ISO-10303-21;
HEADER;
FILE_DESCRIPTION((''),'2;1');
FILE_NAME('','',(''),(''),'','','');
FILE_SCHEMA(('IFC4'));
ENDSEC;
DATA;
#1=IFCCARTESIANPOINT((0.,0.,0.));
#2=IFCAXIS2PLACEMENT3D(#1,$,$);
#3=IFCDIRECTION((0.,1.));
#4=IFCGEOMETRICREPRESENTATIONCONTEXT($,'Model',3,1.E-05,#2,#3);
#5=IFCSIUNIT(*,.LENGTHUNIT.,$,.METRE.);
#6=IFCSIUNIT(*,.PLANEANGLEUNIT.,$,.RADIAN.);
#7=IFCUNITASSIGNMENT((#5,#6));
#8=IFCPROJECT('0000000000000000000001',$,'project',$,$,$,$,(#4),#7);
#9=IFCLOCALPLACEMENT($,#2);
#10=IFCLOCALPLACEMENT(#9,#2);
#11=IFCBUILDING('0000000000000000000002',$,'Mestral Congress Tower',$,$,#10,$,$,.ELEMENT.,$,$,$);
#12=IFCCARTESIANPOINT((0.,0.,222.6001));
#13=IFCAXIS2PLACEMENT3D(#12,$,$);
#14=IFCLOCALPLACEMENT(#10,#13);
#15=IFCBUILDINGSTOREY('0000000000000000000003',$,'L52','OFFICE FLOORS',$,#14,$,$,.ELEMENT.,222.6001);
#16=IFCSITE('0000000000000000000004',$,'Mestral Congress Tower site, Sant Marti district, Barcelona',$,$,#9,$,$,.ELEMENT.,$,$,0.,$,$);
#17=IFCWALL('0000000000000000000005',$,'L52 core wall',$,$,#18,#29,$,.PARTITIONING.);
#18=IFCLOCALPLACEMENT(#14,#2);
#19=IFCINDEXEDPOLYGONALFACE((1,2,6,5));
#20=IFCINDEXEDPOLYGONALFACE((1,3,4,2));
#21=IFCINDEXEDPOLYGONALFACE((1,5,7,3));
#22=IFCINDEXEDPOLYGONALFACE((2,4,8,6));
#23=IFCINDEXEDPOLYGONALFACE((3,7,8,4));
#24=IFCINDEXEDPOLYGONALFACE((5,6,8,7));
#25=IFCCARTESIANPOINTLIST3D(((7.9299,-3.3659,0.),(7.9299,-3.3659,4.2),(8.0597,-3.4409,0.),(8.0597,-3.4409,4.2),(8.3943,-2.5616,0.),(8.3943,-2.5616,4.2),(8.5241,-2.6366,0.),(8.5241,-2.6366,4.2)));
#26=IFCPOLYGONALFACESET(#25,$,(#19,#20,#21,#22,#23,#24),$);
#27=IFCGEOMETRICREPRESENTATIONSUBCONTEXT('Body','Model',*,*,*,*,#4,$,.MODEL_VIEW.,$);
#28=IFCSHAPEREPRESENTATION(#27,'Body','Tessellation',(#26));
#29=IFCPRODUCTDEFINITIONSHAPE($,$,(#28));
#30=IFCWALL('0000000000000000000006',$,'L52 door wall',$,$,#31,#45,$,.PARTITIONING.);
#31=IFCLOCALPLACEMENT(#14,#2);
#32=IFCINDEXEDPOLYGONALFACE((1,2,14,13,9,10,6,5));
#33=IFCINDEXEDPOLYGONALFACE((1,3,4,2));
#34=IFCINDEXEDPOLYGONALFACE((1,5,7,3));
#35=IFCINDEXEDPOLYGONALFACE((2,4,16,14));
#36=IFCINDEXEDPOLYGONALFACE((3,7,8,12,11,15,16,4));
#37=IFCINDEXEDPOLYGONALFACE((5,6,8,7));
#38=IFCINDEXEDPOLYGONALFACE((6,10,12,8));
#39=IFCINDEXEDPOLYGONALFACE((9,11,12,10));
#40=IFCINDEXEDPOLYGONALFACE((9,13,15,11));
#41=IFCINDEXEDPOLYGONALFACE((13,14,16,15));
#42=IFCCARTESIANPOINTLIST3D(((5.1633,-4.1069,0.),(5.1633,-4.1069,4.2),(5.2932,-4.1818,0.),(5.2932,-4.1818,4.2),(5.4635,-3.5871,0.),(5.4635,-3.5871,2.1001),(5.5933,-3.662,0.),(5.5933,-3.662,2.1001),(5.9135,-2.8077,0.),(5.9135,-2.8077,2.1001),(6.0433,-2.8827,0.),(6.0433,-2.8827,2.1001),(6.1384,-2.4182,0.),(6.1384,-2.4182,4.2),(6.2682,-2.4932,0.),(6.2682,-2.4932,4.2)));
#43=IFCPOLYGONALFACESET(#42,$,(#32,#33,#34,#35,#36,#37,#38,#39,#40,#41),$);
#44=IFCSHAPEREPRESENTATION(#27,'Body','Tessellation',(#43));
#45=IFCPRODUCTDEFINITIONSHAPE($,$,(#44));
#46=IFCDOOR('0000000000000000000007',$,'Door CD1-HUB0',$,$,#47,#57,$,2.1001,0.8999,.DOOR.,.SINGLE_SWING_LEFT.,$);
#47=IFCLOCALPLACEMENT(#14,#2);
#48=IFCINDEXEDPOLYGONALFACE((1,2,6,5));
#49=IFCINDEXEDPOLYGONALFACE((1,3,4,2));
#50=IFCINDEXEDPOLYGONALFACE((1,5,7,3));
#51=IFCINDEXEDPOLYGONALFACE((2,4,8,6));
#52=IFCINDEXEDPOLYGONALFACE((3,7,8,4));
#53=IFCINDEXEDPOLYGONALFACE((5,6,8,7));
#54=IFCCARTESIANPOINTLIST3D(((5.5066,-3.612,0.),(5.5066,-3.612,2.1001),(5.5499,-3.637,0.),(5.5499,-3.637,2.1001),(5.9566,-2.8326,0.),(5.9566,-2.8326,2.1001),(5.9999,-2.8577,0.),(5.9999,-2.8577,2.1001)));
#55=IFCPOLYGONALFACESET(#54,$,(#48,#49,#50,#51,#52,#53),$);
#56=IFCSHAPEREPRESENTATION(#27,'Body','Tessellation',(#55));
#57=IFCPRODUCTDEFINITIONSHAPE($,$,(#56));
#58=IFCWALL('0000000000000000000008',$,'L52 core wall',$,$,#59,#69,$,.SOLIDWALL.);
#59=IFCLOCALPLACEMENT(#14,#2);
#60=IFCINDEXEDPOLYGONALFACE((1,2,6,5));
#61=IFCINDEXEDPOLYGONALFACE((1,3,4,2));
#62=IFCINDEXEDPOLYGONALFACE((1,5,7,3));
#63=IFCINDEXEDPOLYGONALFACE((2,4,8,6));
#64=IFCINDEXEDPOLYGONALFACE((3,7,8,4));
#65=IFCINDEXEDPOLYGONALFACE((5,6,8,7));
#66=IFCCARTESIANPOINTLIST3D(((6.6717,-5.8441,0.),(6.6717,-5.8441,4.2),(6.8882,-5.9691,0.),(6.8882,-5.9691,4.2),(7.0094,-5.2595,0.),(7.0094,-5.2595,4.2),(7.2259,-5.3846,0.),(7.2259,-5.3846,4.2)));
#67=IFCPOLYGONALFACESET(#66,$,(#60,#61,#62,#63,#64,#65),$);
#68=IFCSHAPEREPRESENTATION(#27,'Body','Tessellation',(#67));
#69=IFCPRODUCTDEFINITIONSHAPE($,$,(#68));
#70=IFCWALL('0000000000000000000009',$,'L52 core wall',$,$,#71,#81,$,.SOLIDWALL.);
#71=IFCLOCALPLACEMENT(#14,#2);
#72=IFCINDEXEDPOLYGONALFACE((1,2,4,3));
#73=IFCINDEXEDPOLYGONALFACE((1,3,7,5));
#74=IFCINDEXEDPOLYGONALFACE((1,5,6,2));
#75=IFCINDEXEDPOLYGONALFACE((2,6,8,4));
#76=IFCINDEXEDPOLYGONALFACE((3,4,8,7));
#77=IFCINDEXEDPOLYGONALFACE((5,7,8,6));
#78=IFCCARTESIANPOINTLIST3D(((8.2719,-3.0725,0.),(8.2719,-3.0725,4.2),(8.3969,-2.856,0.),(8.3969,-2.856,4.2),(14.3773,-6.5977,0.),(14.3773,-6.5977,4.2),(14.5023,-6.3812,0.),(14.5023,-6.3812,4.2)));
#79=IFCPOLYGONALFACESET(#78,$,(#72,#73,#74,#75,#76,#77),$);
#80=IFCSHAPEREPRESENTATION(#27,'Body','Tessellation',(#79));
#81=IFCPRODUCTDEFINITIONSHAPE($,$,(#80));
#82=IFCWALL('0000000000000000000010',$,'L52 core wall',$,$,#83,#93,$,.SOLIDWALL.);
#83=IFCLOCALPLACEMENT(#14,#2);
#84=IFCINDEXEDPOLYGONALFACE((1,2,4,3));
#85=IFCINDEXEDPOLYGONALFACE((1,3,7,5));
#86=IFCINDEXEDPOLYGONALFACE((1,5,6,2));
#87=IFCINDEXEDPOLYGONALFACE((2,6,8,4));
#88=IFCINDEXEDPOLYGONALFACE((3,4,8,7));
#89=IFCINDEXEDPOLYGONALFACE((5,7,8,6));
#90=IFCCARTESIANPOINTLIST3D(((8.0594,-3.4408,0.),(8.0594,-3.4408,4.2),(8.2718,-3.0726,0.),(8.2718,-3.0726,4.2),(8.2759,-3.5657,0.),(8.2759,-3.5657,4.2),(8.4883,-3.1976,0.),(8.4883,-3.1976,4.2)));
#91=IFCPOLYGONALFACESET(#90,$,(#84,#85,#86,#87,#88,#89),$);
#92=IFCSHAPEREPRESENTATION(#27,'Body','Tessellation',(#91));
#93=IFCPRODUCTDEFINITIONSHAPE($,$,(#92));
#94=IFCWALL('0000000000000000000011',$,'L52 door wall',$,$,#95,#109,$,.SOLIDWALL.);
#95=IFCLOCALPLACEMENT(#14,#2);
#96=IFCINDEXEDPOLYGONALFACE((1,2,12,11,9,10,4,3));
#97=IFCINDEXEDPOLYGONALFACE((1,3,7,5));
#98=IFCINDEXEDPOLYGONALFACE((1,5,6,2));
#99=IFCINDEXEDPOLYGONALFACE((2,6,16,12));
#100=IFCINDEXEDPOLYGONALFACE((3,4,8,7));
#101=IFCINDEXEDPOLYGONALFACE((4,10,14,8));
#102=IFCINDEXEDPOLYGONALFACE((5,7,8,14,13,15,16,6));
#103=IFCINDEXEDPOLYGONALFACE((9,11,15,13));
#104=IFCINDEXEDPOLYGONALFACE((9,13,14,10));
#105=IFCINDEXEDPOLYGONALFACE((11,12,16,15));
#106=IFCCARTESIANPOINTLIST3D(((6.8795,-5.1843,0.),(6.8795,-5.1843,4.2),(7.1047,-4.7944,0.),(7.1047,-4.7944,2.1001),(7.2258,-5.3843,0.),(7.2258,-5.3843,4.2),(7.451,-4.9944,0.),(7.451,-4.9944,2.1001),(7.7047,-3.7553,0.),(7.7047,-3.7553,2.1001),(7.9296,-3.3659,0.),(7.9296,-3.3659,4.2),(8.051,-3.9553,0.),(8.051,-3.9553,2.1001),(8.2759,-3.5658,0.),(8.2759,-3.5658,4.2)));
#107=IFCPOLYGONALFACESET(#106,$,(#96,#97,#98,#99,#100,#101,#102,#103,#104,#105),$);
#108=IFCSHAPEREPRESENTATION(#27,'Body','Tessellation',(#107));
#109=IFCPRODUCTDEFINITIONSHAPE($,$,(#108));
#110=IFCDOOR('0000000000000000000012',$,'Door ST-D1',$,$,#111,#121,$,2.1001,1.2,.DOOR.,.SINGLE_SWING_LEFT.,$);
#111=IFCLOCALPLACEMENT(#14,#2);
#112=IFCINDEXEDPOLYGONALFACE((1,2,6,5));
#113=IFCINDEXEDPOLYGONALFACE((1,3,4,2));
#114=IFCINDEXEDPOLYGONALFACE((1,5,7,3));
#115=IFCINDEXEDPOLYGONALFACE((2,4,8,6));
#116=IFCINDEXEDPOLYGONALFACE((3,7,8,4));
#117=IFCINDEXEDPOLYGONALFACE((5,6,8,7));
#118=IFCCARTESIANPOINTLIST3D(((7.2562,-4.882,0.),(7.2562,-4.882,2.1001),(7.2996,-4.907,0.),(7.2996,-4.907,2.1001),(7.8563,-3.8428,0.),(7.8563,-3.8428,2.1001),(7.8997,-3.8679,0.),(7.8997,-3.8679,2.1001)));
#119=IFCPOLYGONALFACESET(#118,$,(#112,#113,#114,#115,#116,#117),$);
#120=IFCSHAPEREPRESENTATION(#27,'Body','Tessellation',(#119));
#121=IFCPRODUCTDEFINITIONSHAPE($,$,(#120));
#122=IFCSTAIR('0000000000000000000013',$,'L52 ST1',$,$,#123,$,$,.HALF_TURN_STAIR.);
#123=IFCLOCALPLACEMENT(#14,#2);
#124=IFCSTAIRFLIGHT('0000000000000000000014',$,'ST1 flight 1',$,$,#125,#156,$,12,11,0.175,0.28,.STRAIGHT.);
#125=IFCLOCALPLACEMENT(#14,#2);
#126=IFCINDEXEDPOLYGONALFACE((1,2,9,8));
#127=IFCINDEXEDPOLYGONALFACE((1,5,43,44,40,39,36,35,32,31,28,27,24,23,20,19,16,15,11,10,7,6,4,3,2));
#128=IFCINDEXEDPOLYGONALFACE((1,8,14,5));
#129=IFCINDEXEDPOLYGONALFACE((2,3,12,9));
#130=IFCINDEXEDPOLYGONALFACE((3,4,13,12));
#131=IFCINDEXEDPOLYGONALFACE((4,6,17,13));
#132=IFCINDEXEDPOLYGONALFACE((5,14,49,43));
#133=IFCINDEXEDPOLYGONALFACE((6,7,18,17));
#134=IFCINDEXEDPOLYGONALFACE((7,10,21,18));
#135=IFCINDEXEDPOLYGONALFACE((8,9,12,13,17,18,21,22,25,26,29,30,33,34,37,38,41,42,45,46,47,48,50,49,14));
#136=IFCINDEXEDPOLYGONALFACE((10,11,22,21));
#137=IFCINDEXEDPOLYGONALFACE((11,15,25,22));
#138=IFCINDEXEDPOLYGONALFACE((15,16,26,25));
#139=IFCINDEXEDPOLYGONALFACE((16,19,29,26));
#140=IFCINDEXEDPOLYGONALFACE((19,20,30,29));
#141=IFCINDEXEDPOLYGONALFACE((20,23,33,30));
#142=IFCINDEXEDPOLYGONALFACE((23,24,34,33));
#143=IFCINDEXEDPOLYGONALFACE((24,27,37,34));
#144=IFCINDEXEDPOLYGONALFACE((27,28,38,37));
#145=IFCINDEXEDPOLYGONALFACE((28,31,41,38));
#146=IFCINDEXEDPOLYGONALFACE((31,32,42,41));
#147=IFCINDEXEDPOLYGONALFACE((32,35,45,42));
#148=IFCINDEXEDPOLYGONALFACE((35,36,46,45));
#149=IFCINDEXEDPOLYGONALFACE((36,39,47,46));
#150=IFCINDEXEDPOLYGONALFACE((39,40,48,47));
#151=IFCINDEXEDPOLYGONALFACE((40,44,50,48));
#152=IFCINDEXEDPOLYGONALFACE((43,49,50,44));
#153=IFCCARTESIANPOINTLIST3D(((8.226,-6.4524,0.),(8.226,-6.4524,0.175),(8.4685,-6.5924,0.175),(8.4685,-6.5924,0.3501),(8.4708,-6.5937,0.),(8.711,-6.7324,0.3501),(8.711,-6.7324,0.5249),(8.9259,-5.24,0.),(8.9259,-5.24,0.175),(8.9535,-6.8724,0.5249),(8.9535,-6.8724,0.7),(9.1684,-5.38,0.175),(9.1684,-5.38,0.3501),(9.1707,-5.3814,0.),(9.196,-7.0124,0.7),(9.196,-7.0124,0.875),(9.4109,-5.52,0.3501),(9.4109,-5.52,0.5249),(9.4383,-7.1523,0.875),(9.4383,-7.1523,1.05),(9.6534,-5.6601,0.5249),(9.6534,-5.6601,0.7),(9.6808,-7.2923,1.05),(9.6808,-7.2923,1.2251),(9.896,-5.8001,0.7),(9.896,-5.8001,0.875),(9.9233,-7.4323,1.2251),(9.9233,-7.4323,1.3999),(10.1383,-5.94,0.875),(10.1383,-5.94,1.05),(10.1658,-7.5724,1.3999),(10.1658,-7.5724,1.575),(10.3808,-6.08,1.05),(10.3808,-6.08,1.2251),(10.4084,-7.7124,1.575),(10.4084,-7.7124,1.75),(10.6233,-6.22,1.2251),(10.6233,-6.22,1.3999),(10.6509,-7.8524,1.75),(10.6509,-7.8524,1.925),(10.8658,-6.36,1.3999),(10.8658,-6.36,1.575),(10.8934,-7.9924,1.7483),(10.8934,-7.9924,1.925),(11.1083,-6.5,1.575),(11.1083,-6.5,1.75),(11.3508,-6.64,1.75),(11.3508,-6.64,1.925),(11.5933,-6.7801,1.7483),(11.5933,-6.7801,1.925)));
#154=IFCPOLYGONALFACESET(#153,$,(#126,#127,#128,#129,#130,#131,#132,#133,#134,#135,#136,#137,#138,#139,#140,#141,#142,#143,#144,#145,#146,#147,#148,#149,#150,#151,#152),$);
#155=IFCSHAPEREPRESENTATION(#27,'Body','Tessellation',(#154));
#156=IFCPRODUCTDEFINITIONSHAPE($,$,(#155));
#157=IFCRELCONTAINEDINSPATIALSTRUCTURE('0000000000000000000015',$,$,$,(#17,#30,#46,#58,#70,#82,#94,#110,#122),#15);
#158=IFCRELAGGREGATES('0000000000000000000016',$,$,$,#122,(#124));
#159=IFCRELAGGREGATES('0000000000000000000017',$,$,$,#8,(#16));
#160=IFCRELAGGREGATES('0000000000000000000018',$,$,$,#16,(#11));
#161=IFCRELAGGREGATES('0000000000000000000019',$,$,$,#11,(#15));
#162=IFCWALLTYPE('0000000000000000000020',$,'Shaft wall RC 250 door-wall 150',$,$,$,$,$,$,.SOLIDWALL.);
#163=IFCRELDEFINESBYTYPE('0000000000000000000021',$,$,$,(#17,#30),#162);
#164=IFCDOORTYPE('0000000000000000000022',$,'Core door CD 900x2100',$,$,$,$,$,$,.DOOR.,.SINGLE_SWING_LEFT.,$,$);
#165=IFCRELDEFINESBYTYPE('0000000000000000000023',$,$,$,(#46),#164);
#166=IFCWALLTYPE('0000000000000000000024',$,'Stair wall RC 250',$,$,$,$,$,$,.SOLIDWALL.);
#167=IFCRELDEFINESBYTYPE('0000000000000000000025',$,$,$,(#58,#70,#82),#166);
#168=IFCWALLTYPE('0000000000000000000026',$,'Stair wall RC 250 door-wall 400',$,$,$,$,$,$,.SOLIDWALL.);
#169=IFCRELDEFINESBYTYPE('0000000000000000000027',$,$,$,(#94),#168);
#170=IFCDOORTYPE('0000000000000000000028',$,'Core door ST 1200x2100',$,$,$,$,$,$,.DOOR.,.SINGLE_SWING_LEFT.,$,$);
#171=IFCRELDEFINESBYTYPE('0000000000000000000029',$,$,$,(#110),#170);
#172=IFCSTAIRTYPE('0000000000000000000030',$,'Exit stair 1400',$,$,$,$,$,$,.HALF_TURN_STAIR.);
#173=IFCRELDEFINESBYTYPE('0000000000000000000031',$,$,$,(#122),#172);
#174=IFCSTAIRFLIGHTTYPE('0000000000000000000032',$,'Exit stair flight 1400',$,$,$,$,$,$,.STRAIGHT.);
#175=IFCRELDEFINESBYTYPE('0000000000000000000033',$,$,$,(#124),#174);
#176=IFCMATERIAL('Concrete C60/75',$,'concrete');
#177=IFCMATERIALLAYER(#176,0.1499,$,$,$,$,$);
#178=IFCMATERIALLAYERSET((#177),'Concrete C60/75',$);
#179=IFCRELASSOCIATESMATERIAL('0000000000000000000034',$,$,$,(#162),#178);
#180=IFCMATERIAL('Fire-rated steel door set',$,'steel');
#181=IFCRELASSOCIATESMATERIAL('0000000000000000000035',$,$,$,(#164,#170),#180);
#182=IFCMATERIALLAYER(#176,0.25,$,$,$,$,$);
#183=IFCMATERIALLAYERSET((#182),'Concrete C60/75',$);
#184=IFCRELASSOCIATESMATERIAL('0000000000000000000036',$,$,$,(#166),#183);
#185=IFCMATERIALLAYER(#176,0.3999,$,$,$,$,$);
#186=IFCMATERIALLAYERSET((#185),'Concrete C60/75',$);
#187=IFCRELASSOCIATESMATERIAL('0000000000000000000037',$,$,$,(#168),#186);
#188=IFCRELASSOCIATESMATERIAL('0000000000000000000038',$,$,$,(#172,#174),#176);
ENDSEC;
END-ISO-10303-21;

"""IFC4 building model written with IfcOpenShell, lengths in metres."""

from ifc_helpers import new_model, si_unit, direction, frame, frame_2d, origin, place, context, subcontext, project, spatial, polyline, rectangle, outline, extrude, material, layer, layer_set, type_object, element, fill, aggregate, save


model = new_model("IFC4")

# Units and contexts
model_context = context("Model", 3, precision=1e-05, world=origin(), true_north=direction((0.0, 1.0)))
body_context = subcontext(model_context, "Body", "Model", "MODEL_VIEW")
ifc_project = project(units=[si_unit("LENGTHUNIT", "METRE"), si_unit("PLANEANGLEUNIT", "RADIAN")], contexts=[model_context])

# Site, building, storey
site_placement = place(None, origin())
site = spatial("IfcSite", under=ifc_project, at=site_placement, Name="Mestral Congress Tower site, Sant Marti district, Barcelona", CompositionType="ELEMENT", RefElevation=0.0)
building_placement = place(site_placement, origin())
building = spatial("IfcBuilding", under=site, at=building_placement, Name="Mestral Congress Tower", CompositionType="ELEMENT")
storey_placement = place(building_placement, frame((0.0, 0.0, 222.6001)))
storey = spatial("IfcBuildingStorey", under=building, at=storey_placement, Name="L52", Description="OFFICE FLOORS", CompositionType="ELEMENT", Elevation=222.6001)

# Shared definitions
ifc_material_1 = material(Name="Concrete C60/75", Category="concrete")

# Shared definitions
ifc_material_2 = material(Name="Fire-rated steel door set", Category="steel")

# Wall
ifc_layer_1 = layer(ifc_material_1, 0.1499)
ifc_layer_set_1 = layer_set([ifc_layer_1], Name="Concrete C60/75")
wall_type_1 = type_object("IfcWallType", Name="Shaft wall RC 250 door-wall 150", PredefinedType="SOLIDWALL", material=ifc_layer_set_1)
wall_1_placement = place(storey_placement, frame((8.4592, -2.5991, 0.0), z_axis=(0.0, 0.0, 1.0), x_axis=(-0.500041, -0.866002, 0.0)))
element("IfcWall", 1, at=wall_1_placement, inside=storey, type_object=wall_type_1, Name="L52 core wall", PredefinedType="PARTITIONING", context=body_context, shape_type="SweptSolid", body=[
    extrude(rectangle(XDim=0.9287, YDim=0.1499, at=frame_2d((0.4644, 0.0))), origin(), (0.0, 0.0, 1.0), 4.2),
])

# Wall, opening, door
wall_2_placement = place(storey_placement, frame((6.2034, -2.4556, 0.0), z_axis=(0.0, 0.0, 1.0), x_axis=(-0.500044, -0.866, 0.0)))
wall_2 = element("IfcWall", 2, at=wall_2_placement, inside=storey, type_object=wall_type_1, Name="L52 door wall", PredefinedType="PARTITIONING", context=body_context, shape_type="SweptSolid", body=[
    extrude(rectangle(XDim=1.95, YDim=0.1499, at=frame_2d((0.9751, 0.0))), origin(), (0.0, 0.0, 1.0), 4.2),
])
opening_1_placement = place(wall_2_placement, frame((0.45, 0.0, 0.0)))
opening_1 = element("IfcOpeningElement", 3, at=opening_1_placement, cuts=wall_2, PredefinedType="OPENING", context=body_context, shape_type="SweptSolid", body=[
    extrude(rectangle(XDim=0.8999, YDim=2.1001, at=frame_2d((0.45, 1.05))), frame((0.0, 0.085, 0.0), z_axis=(0.0, -1.0, 0.0), x_axis=(1.0, 0.0, 0.0)), (0.0, 0.0, 1.0), 0.1699),
])
door_type_1 = type_object("IfcDoorType", Name="Core door CD 900x2100", OperationType="SINGLE_SWING_LEFT", PredefinedType="DOOR", material=ifc_material_2)
door_1_placement = place(opening_1_placement, origin())
door_1 = element("IfcDoor", 4, at=door_1_placement, inside=storey, type_object=door_type_1, Name="Door CD1-HUB0", OperationType="SINGLE_SWING_LEFT", OverallHeight=2.1001, OverallWidth=0.8999, PredefinedType="DOOR", context=body_context, shape_type="SweptSolid", body=[
    extrude(rectangle(XDim=0.8999, YDim=2.1001, at=frame_2d((0.45, 1.05))), frame((0.0, 0.0249, 0.0), z_axis=(0.0, -1.0, 0.0), x_axis=(1.0, 0.0, 0.0)), (0.0, 0.0, 1.0), 0.05),
])
fill(opening_1, door_1)

# Walls
ifc_layer_2 = layer(ifc_material_1, 0.25)
ifc_layer_set_2 = layer_set([ifc_layer_2], Name="Concrete C60/75")
wall_type_2 = type_object("IfcWallType", Name="Stair wall RC 250", PredefinedType="SOLIDWALL", material=ifc_layer_set_2)
wall_3_placement = place(storey_placement, frame((6.78, -5.9065, 0.0), z_axis=(0.0, 0.0, 1.0), x_axis=(0.500223, 0.865896, 0.0)))
element("IfcWall", 5, at=wall_3_placement, inside=storey, type_object=wall_type_2, Name="L52 core wall", PredefinedType="SOLIDWALL", context=body_context, shape_type="SweptSolid", body=[
    extrude(rectangle(XDim=0.675, YDim=0.25, at=frame_2d((0.3374, 0.0))), origin(), (0.0, 0.0, 1.0), 4.2),
])
wall_4_placement = place(storey_placement, frame((8.3345, -2.9644, 0.0), z_axis=(0.0, 0.0, 1.0), x_axis=(0.866016, -0.500016, 0.0)))
element("IfcWall", 6, at=wall_4_placement, inside=storey, type_object=wall_type_2, Name="L52 core wall", PredefinedType="SOLIDWALL", context=body_context, shape_type="SweptSolid", body=[
    extrude(rectangle(XDim=7.05, YDim=0.25, at=frame_2d((3.5249, 0.0))), origin(), (0.0, 0.0, 1.0), 4.2),
])
wall_5_placement = place(storey_placement, frame((8.1677, -3.5032, 0.0), z_axis=(0.0, 0.0, 1.0), x_axis=(0.499722, 0.866186, 0.0)))
element("IfcWall", 7, at=wall_5_placement, inside=storey, type_object=wall_type_2, Name="L52 core wall", PredefinedType="SOLIDWALL", context=body_context, shape_type="SweptSolid", body=[
    extrude(rectangle(XDim=0.425, YDim=0.25, at=frame_2d((0.2124, 0.0))), origin(), (0.0, 0.0, 1.0), 4.2),
])

# Wall, opening, door
ifc_layer_3 = layer(ifc_material_1, 0.3999)
ifc_layer_set_3 = layer_set([ifc_layer_3], Name="Concrete C60/75")
wall_type_3 = type_object("IfcWallType", Name="Stair wall RC 250 door-wall 400", PredefinedType="SOLIDWALL", material=ifc_layer_set_3)
wall_6_placement = place(storey_placement, frame((7.0527, -5.2842, 0.0), z_axis=(0.0, 0.0, 1.0), x_axis=(0.500078, 0.86598, 0.0)))
wall_6 = element("IfcWall", 8, at=wall_6_placement, inside=storey, type_object=wall_type_3, Name="L52 door wall", PredefinedType="SOLIDWALL", context=body_context, shape_type="SweptSolid", body=[
    extrude(rectangle(XDim=2.0999, YDim=0.3999, at=frame_2d((1.0498, 0.0))), origin(), (0.0, 0.0, 1.0), 4.2),
])
opening_2_placement = place(wall_6_placement, frame((0.45, 0.0, 0.0)))
opening_2 = element("IfcOpeningElement", 9, at=opening_2_placement, cuts=wall_6, PredefinedType="OPENING", context=body_context, shape_type="SweptSolid", body=[
    extrude(rectangle(XDim=1.2, YDim=2.1001, at=frame_2d((0.6001, 1.05))), frame((0.0, 0.21, 0.0), z_axis=(0.0, -1.0, 0.0), x_axis=(1.0, 0.0, 0.0)), (0.0, 0.0, 1.0), 0.4199),
])
door_type_2 = type_object("IfcDoorType", Name="Core door ST 1200x2100", OperationType="SINGLE_SWING_LEFT", PredefinedType="DOOR", material=ifc_material_2)
door_2_placement = place(opening_2_placement, origin())
door_2 = element("IfcDoor", 10, at=door_2_placement, inside=storey, type_object=door_type_2, Name="Door ST-D1", OperationType="SINGLE_SWING_LEFT", OverallHeight=2.1001, OverallWidth=1.2, PredefinedType="DOOR", context=body_context, shape_type="SweptSolid", body=[
    extrude(rectangle(XDim=1.2, YDim=2.1001, at=frame_2d((0.6001, 1.05))), frame((0.0, 0.0249, 0.0), z_axis=(0.0, -1.0, 0.0), x_axis=(1.0, 0.0, 0.0)), (0.0, 0.0, 1.0), 0.05),
])
fill(opening_2, door_2)

# Stair, stair flight
stair_type = type_object("IfcStairType", Name="Exit stair 1400", PredefinedType="HALF_TURN_STAIR", material=ifc_material_1)
stair_placement = place(storey_placement, origin())
stair = element("IfcStair", 11, at=stair_placement, inside=storey, type_object=stair_type, Name="L52 ST1", PredefinedType="HALF_TURN_STAIR")
stair_flight_type = type_object("IfcStairFlightType", Name="Exit stair flight 1400", PredefinedType="STRAIGHT", material=ifc_material_1)
stair_flight_placement = place(storey_placement, frame((8.5759, -5.8462, 0.0), z_axis=(0.0, 0.0, 1.0), x_axis=(0.866025, -0.5, 0.0)))
stair_flight = element("IfcStairFlight", 12, at=stair_flight_placement, type_object=stair_flight_type, Name="ST1 flight 1", NumberOfRisers=12, NumberOfTreads=11, PredefinedType="STRAIGHT", RiserHeight=0.175, TreadLength=0.28, context=body_context, shape_type="SweptSolid", body=[
    extrude(outline(polyline([(0.0, 0.0), (0.0, 0.175), (0.28, 0.175), (0.28, 0.3501), (0.5601, 0.3501), (0.5601, 0.5249), (0.8401, 0.5249), (0.8401, 0.7), (1.1201, 0.7), (1.1201, 0.875), (1.3999, 0.875), (1.3999, 1.05), (1.6799, 1.05), (1.6799, 1.2251), (1.96, 1.2251), (1.96, 1.3999), (2.24, 1.3999), (2.24, 1.575), (2.52, 1.575), (2.52, 1.75), (2.8, 1.75), (2.8, 1.925), (3.0801, 1.925), (3.0801, 2.1001), (3.0801, 1.7483), (0.2827, 0.0), (0.0, 0.0)])), frame((0.0, 0.7, 0.0), z_axis=(0.0, -1.0, 0.0), x_axis=(1.0, 0.0, 0.0)), (0.0, 0.0, 1.0), 1.3999),
])
aggregate(stair, [stair_flight])

save(model, "model.ifc")
